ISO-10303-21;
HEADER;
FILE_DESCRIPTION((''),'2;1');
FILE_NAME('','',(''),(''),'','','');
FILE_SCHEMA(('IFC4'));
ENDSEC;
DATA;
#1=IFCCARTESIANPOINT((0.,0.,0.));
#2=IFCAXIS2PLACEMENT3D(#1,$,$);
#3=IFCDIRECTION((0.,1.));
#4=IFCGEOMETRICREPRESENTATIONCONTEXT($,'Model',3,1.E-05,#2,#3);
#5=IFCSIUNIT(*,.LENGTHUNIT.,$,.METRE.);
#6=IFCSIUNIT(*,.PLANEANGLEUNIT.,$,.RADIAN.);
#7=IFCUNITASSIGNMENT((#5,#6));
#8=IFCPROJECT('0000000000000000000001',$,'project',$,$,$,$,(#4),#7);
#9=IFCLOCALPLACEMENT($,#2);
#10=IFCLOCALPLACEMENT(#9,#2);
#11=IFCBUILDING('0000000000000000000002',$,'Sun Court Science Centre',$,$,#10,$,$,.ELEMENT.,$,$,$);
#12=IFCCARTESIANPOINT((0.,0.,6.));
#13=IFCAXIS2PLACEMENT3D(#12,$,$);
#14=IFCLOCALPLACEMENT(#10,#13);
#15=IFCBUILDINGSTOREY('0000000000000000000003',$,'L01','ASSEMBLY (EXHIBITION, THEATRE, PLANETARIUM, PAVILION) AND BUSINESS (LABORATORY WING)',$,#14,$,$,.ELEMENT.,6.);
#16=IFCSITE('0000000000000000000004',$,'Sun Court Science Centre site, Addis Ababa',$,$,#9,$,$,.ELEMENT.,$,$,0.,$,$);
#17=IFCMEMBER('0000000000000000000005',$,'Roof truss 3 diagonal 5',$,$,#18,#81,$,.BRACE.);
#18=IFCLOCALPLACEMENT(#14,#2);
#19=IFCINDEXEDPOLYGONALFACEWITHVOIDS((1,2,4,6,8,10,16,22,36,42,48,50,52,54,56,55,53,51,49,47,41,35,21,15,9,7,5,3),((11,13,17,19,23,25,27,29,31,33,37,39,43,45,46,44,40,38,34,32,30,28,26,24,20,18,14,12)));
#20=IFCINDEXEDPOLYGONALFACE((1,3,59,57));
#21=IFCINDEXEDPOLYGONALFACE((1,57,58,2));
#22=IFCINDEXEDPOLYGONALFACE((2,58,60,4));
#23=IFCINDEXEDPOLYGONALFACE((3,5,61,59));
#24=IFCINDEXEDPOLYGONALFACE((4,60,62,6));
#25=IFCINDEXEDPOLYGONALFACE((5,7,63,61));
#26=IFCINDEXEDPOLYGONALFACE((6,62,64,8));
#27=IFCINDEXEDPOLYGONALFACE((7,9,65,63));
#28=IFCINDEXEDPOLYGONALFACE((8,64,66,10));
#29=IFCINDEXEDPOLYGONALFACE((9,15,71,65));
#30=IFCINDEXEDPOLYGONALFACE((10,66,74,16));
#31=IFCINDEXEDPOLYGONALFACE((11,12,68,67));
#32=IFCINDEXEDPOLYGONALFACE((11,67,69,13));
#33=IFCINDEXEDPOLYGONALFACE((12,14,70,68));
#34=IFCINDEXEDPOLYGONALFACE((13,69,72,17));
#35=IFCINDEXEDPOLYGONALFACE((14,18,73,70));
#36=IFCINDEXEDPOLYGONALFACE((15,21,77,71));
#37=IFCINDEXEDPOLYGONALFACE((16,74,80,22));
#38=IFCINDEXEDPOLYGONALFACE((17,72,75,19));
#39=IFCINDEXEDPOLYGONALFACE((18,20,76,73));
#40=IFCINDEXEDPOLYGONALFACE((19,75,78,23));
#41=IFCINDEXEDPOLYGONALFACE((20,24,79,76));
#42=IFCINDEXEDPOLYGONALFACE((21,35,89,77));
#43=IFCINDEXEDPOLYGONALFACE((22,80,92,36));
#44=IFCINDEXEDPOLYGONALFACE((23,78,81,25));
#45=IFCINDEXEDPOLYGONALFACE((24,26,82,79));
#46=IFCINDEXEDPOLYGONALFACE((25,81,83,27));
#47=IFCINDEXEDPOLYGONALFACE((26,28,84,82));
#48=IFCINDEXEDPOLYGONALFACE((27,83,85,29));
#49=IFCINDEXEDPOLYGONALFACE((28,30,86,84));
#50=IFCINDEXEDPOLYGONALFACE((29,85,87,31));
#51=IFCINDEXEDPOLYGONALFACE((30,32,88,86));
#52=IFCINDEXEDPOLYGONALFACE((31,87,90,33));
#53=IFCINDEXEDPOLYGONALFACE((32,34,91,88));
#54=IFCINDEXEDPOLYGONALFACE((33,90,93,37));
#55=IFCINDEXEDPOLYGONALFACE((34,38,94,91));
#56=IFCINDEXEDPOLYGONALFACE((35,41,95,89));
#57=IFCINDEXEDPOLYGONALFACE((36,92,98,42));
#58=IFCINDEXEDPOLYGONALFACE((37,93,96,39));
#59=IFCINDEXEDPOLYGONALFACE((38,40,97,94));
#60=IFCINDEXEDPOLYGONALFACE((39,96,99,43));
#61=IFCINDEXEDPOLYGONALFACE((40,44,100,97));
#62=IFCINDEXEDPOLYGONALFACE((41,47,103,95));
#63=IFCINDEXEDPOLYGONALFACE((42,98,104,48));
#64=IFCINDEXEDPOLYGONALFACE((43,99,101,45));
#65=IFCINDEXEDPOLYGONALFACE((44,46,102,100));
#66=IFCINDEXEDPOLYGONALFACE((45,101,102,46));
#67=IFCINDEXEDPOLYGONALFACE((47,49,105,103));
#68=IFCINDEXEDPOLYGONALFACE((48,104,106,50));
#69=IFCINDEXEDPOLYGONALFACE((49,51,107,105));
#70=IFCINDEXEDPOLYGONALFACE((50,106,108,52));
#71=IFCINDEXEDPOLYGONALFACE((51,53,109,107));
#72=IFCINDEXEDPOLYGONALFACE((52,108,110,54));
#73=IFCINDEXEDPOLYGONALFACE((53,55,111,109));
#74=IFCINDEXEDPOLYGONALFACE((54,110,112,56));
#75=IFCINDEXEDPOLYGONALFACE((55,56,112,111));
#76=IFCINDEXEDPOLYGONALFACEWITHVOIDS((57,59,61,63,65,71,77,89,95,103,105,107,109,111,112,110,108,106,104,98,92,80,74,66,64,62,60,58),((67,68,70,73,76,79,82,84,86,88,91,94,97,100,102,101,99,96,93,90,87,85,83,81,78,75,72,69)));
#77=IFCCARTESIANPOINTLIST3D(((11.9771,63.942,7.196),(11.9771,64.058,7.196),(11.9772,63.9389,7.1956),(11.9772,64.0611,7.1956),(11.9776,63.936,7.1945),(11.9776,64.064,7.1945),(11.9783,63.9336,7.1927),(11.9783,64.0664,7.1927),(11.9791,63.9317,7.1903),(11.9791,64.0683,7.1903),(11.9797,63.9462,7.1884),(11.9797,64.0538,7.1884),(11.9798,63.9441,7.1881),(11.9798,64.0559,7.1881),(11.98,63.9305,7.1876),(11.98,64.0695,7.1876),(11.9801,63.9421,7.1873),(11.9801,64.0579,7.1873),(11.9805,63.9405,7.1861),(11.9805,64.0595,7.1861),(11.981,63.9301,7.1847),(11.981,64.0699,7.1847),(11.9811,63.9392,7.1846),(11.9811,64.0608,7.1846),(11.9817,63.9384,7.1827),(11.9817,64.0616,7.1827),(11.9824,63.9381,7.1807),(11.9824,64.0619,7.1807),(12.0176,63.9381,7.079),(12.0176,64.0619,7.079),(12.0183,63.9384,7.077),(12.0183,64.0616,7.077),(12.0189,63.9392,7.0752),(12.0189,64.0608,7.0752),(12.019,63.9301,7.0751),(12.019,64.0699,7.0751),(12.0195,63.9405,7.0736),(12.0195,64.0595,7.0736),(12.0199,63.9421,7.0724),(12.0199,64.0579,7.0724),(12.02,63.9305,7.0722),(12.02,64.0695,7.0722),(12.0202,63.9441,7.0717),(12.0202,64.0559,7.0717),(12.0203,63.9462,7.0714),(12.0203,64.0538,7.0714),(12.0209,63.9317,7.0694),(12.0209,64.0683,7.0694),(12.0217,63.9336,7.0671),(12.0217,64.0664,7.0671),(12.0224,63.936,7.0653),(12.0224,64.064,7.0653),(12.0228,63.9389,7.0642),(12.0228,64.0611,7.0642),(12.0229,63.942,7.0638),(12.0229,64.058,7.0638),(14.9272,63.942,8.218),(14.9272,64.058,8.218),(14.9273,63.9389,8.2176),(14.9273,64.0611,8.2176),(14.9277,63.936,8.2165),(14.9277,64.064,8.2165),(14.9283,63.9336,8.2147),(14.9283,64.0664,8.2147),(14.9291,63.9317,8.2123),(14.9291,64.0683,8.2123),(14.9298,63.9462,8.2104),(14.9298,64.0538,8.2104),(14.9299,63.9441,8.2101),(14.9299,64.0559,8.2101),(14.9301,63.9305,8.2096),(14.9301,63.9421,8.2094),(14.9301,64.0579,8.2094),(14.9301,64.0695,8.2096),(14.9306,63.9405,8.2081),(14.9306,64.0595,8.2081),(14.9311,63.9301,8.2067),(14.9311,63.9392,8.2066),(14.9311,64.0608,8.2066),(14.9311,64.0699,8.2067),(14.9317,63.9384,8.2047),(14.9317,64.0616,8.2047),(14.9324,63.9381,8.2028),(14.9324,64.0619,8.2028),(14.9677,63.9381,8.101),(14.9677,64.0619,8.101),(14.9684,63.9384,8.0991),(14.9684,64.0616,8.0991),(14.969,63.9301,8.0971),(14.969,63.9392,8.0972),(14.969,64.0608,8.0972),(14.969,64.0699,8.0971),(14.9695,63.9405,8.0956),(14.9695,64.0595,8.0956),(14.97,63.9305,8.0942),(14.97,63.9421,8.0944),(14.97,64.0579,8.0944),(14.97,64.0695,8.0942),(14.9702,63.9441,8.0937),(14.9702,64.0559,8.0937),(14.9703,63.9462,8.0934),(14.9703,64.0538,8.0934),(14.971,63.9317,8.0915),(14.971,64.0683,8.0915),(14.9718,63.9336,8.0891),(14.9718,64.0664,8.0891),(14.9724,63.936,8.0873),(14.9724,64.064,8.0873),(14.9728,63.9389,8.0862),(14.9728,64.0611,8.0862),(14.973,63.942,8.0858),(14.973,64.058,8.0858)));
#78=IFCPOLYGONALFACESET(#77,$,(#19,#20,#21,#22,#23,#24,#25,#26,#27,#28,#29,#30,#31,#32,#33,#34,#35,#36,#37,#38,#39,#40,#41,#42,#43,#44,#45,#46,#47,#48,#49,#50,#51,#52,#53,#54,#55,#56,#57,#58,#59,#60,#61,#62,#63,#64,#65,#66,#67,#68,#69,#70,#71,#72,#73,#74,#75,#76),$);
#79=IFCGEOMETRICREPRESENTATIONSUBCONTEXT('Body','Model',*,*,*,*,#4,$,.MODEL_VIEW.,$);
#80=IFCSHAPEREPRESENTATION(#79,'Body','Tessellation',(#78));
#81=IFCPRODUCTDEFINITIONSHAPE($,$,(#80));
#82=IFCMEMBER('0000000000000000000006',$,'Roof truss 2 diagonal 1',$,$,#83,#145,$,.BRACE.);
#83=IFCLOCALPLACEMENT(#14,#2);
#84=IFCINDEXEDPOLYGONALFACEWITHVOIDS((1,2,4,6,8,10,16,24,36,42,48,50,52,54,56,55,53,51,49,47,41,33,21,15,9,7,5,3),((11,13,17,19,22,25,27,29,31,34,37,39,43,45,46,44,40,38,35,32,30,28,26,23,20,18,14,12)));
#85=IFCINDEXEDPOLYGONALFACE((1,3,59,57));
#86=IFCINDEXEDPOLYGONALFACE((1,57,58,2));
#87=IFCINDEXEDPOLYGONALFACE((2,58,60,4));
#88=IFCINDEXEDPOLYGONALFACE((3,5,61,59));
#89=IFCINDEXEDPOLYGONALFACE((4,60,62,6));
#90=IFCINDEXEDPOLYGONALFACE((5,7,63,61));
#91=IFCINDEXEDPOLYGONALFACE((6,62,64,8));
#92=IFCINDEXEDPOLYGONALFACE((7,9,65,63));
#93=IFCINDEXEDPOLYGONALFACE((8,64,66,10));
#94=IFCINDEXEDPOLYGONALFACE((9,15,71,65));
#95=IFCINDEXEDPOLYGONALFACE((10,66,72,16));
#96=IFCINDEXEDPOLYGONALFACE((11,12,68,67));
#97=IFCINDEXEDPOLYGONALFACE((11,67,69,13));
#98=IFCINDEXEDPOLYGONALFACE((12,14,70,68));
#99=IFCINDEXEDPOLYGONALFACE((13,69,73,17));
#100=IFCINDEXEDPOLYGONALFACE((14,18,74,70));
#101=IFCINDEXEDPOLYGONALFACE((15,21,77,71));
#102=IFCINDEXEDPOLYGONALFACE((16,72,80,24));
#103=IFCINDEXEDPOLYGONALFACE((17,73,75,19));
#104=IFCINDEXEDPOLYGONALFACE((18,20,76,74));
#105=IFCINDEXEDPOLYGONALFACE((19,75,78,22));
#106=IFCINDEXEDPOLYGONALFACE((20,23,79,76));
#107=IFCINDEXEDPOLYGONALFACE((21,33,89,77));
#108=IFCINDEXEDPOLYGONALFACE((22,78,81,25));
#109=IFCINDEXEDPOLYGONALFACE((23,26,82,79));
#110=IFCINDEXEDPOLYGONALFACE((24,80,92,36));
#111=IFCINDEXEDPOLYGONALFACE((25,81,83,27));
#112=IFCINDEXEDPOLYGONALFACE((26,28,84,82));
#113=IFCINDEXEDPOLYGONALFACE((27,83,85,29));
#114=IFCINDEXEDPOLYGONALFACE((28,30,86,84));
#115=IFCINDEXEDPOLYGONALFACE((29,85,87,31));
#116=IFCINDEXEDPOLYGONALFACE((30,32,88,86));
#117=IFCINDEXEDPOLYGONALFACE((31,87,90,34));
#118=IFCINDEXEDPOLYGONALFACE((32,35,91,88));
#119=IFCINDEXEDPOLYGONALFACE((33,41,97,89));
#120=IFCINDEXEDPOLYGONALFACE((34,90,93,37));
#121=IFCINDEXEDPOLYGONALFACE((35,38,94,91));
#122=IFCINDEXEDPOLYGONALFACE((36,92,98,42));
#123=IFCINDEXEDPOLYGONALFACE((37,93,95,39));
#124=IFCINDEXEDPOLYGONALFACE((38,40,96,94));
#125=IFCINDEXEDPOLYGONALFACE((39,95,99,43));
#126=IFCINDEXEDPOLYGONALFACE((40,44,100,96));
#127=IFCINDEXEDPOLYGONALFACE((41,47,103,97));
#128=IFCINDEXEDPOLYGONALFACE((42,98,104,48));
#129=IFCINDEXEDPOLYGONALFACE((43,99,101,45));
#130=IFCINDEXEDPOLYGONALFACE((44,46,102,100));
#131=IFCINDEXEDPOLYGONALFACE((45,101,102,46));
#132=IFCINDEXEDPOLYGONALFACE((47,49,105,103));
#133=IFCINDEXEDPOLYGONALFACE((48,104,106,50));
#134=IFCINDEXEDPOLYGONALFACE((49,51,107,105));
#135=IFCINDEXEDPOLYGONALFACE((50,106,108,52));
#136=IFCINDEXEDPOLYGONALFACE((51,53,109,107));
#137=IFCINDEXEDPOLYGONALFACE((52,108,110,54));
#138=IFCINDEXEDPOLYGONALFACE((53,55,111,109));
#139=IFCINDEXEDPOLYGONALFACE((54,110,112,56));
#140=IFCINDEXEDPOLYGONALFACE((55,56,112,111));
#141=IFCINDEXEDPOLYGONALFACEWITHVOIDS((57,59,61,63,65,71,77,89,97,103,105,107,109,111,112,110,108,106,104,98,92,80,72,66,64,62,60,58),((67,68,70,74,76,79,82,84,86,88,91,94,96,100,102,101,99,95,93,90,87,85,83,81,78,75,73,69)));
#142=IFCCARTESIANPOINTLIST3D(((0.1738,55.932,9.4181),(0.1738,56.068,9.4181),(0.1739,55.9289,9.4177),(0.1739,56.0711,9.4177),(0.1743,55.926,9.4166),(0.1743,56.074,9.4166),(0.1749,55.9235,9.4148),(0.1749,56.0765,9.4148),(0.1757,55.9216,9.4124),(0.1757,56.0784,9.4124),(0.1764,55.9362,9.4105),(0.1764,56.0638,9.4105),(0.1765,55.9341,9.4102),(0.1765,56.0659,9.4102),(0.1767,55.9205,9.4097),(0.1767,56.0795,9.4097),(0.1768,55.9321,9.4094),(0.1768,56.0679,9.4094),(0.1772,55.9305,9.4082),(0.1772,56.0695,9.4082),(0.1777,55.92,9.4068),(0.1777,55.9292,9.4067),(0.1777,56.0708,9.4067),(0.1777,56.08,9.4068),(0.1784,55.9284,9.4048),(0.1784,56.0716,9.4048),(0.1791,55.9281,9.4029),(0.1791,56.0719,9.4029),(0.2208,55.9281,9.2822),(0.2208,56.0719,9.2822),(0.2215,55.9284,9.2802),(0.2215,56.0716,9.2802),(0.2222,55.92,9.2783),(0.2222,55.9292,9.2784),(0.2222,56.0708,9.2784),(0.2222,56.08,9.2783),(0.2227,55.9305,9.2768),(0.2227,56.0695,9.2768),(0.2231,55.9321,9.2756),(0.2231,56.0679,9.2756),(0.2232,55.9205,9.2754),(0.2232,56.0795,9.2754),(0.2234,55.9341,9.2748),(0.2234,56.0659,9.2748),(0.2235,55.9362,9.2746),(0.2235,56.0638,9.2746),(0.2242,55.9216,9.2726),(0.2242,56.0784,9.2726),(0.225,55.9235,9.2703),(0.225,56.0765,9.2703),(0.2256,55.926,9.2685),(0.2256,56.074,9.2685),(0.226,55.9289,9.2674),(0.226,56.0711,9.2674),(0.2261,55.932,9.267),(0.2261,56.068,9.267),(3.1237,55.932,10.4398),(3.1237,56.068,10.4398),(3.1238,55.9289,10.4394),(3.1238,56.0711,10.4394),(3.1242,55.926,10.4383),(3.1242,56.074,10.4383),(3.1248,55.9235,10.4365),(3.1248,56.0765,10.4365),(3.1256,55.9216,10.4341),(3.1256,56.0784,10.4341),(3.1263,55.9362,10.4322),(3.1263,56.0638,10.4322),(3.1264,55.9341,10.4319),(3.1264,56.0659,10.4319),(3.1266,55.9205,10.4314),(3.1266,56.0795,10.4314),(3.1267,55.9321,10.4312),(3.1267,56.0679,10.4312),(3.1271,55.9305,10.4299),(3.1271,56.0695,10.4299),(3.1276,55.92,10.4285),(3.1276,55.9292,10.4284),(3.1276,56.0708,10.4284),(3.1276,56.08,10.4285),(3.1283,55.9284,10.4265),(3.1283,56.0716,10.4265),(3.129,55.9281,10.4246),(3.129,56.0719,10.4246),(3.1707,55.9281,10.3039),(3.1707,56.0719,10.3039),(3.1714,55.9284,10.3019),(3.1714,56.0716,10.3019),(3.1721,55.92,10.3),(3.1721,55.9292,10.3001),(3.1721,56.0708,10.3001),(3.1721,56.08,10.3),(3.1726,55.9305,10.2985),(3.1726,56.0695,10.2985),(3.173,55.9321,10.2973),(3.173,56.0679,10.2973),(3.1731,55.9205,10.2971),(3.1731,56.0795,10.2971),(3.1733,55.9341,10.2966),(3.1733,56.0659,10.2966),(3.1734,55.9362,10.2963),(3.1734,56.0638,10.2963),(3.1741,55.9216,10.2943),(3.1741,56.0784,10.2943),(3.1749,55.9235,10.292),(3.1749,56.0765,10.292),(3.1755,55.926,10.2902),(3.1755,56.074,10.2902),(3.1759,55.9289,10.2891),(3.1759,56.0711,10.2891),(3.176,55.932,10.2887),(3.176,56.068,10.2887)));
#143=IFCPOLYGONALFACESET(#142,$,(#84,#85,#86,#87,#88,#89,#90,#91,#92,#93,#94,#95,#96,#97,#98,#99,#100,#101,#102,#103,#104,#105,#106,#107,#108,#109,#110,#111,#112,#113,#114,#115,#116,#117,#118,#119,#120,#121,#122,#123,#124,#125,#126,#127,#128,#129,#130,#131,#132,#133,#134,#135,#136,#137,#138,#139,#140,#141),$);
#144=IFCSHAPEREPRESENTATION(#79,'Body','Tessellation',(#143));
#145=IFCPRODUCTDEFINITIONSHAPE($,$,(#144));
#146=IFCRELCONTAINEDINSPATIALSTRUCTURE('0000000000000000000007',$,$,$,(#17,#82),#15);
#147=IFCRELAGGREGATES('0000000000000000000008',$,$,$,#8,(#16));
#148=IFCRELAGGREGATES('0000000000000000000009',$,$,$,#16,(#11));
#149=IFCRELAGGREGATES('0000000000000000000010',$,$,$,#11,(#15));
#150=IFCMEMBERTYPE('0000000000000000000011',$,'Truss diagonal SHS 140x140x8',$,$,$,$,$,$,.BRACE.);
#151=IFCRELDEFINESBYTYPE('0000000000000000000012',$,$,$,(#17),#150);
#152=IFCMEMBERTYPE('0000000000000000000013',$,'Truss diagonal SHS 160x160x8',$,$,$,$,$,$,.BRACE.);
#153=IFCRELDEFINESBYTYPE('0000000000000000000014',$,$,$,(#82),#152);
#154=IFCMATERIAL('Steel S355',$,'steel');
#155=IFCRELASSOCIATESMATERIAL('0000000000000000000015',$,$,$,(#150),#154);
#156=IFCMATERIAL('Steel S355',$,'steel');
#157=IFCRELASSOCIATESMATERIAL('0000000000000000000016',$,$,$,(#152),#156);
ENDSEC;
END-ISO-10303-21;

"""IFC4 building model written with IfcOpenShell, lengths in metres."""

from ifc_helpers import new_model, si_unit, direction, frame, origin, origin_2d, place, context, subcontext, project, spatial, hollow_rectangle, extrude, material, material_profile, profile_set, type_object, element, save


model = new_model("IFC4")

# Units and contexts
model_context = context("Model", 3, precision=1e-05, world=origin(), true_north=direction((0.0, 1.0)))
body_context = subcontext(model_context, "Body", "Model", "MODEL_VIEW")
ifc_project = project(units=[si_unit("LENGTHUNIT", "METRE"), si_unit("PLANEANGLEUNIT", "RADIAN")], contexts=[model_context])

# Site, building, storey
site_placement = place(None, origin())
site = spatial("IfcSite", under=ifc_project, at=site_placement, Name="Sun Court Science Centre site, Addis Ababa", CompositionType="ELEMENT", RefElevation=0.0)
building_placement = place(site_placement, origin())
building = spatial("IfcBuilding", under=site, at=building_placement, Name="Sun Court Science Centre", CompositionType="ELEMENT")
storey_placement = place(building_placement, frame((0.0, 0.0, 6.0)))
storey = spatial("IfcBuildingStorey", under=building, at=storey_placement, Name="L01", Description="ASSEMBLY (EXHIBITION, THEATRE, PLANETARIUM, PAVILION) AND BUSINESS (LABORATORY WING)", CompositionType="ELEMENT", Elevation=6.0)

# Members
ifc_material_1 = material(Name="Steel S355", Category="steel")
ifc_material_profile_1 = material_profile(ifc_material_1, hollow_rectangle(XDim=0.1399, YDim=0.1399, WallThickness=0.0081, InnerFilletRadius=0.0081, OuterFilletRadius=0.012, at=origin_2d()), Name="SHS 140x140x8")
ifc_profile_set_1 = profile_set([ifc_material_profile_1], Name="Steel S355")
member_type_1 = type_object("IfcMemberType", Name="Truss diagonal SHS 140x140x8", PredefinedType="BRACE", material=ifc_profile_set_1)
member_1_placement = place(storey_placement, frame((12.0, 64.0, 7.1299), z_axis=(0.944903, 0.0, 0.32735), x_axis=(0.0, 1.0, 0.0)))
element("IfcMember", 1, at=member_1_placement, inside=storey, type_object=member_type_1, Name="Roof truss 3 diagonal 5", PredefinedType="BRACE", context=body_context, shape_type="SweptSolid", body=[
    extrude(hollow_rectangle(XDim=0.1399, YDim=0.1399, WallThickness=0.0081, InnerFilletRadius=0.0081, OuterFilletRadius=0.012, at=origin_2d()), origin(), (0.0, 0.0, 1.0), 3.1221),
])
ifc_material_2 = material(Name="Steel S355", Category="steel")
ifc_material_profile_2 = material_profile(ifc_material_2, hollow_rectangle(XDim=0.1599, YDim=0.1599, WallThickness=0.0081, InnerFilletRadius=0.0081, OuterFilletRadius=0.012, at=origin_2d()), Name="SHS 160x160x8")
ifc_profile_set_2 = profile_set([ifc_material_profile_2], Name="Steel S355")
member_type_2 = type_object("IfcMemberType", Name="Truss diagonal SHS 160x160x8", PredefinedType="BRACE", material=ifc_profile_set_2)
member_2_placement = place(storey_placement, frame((0.2, 56.0, 9.3425), z_axis=(0.944927, 0.0, 0.32728), x_axis=(0.0, 1.0, 0.0)))
element("IfcMember", 2, at=member_2_placement, inside=storey, type_object=member_type_2, Name="Roof truss 2 diagonal 1", PredefinedType="BRACE", context=body_context, shape_type="SweptSolid", body=[
    extrude(hollow_rectangle(XDim=0.1599, YDim=0.1599, WallThickness=0.0081, InnerFilletRadius=0.0081, OuterFilletRadius=0.012, at=origin_2d()), origin(), (0.0, 0.0, 1.0), 3.1218),
])

save(model, "model.ifc")
